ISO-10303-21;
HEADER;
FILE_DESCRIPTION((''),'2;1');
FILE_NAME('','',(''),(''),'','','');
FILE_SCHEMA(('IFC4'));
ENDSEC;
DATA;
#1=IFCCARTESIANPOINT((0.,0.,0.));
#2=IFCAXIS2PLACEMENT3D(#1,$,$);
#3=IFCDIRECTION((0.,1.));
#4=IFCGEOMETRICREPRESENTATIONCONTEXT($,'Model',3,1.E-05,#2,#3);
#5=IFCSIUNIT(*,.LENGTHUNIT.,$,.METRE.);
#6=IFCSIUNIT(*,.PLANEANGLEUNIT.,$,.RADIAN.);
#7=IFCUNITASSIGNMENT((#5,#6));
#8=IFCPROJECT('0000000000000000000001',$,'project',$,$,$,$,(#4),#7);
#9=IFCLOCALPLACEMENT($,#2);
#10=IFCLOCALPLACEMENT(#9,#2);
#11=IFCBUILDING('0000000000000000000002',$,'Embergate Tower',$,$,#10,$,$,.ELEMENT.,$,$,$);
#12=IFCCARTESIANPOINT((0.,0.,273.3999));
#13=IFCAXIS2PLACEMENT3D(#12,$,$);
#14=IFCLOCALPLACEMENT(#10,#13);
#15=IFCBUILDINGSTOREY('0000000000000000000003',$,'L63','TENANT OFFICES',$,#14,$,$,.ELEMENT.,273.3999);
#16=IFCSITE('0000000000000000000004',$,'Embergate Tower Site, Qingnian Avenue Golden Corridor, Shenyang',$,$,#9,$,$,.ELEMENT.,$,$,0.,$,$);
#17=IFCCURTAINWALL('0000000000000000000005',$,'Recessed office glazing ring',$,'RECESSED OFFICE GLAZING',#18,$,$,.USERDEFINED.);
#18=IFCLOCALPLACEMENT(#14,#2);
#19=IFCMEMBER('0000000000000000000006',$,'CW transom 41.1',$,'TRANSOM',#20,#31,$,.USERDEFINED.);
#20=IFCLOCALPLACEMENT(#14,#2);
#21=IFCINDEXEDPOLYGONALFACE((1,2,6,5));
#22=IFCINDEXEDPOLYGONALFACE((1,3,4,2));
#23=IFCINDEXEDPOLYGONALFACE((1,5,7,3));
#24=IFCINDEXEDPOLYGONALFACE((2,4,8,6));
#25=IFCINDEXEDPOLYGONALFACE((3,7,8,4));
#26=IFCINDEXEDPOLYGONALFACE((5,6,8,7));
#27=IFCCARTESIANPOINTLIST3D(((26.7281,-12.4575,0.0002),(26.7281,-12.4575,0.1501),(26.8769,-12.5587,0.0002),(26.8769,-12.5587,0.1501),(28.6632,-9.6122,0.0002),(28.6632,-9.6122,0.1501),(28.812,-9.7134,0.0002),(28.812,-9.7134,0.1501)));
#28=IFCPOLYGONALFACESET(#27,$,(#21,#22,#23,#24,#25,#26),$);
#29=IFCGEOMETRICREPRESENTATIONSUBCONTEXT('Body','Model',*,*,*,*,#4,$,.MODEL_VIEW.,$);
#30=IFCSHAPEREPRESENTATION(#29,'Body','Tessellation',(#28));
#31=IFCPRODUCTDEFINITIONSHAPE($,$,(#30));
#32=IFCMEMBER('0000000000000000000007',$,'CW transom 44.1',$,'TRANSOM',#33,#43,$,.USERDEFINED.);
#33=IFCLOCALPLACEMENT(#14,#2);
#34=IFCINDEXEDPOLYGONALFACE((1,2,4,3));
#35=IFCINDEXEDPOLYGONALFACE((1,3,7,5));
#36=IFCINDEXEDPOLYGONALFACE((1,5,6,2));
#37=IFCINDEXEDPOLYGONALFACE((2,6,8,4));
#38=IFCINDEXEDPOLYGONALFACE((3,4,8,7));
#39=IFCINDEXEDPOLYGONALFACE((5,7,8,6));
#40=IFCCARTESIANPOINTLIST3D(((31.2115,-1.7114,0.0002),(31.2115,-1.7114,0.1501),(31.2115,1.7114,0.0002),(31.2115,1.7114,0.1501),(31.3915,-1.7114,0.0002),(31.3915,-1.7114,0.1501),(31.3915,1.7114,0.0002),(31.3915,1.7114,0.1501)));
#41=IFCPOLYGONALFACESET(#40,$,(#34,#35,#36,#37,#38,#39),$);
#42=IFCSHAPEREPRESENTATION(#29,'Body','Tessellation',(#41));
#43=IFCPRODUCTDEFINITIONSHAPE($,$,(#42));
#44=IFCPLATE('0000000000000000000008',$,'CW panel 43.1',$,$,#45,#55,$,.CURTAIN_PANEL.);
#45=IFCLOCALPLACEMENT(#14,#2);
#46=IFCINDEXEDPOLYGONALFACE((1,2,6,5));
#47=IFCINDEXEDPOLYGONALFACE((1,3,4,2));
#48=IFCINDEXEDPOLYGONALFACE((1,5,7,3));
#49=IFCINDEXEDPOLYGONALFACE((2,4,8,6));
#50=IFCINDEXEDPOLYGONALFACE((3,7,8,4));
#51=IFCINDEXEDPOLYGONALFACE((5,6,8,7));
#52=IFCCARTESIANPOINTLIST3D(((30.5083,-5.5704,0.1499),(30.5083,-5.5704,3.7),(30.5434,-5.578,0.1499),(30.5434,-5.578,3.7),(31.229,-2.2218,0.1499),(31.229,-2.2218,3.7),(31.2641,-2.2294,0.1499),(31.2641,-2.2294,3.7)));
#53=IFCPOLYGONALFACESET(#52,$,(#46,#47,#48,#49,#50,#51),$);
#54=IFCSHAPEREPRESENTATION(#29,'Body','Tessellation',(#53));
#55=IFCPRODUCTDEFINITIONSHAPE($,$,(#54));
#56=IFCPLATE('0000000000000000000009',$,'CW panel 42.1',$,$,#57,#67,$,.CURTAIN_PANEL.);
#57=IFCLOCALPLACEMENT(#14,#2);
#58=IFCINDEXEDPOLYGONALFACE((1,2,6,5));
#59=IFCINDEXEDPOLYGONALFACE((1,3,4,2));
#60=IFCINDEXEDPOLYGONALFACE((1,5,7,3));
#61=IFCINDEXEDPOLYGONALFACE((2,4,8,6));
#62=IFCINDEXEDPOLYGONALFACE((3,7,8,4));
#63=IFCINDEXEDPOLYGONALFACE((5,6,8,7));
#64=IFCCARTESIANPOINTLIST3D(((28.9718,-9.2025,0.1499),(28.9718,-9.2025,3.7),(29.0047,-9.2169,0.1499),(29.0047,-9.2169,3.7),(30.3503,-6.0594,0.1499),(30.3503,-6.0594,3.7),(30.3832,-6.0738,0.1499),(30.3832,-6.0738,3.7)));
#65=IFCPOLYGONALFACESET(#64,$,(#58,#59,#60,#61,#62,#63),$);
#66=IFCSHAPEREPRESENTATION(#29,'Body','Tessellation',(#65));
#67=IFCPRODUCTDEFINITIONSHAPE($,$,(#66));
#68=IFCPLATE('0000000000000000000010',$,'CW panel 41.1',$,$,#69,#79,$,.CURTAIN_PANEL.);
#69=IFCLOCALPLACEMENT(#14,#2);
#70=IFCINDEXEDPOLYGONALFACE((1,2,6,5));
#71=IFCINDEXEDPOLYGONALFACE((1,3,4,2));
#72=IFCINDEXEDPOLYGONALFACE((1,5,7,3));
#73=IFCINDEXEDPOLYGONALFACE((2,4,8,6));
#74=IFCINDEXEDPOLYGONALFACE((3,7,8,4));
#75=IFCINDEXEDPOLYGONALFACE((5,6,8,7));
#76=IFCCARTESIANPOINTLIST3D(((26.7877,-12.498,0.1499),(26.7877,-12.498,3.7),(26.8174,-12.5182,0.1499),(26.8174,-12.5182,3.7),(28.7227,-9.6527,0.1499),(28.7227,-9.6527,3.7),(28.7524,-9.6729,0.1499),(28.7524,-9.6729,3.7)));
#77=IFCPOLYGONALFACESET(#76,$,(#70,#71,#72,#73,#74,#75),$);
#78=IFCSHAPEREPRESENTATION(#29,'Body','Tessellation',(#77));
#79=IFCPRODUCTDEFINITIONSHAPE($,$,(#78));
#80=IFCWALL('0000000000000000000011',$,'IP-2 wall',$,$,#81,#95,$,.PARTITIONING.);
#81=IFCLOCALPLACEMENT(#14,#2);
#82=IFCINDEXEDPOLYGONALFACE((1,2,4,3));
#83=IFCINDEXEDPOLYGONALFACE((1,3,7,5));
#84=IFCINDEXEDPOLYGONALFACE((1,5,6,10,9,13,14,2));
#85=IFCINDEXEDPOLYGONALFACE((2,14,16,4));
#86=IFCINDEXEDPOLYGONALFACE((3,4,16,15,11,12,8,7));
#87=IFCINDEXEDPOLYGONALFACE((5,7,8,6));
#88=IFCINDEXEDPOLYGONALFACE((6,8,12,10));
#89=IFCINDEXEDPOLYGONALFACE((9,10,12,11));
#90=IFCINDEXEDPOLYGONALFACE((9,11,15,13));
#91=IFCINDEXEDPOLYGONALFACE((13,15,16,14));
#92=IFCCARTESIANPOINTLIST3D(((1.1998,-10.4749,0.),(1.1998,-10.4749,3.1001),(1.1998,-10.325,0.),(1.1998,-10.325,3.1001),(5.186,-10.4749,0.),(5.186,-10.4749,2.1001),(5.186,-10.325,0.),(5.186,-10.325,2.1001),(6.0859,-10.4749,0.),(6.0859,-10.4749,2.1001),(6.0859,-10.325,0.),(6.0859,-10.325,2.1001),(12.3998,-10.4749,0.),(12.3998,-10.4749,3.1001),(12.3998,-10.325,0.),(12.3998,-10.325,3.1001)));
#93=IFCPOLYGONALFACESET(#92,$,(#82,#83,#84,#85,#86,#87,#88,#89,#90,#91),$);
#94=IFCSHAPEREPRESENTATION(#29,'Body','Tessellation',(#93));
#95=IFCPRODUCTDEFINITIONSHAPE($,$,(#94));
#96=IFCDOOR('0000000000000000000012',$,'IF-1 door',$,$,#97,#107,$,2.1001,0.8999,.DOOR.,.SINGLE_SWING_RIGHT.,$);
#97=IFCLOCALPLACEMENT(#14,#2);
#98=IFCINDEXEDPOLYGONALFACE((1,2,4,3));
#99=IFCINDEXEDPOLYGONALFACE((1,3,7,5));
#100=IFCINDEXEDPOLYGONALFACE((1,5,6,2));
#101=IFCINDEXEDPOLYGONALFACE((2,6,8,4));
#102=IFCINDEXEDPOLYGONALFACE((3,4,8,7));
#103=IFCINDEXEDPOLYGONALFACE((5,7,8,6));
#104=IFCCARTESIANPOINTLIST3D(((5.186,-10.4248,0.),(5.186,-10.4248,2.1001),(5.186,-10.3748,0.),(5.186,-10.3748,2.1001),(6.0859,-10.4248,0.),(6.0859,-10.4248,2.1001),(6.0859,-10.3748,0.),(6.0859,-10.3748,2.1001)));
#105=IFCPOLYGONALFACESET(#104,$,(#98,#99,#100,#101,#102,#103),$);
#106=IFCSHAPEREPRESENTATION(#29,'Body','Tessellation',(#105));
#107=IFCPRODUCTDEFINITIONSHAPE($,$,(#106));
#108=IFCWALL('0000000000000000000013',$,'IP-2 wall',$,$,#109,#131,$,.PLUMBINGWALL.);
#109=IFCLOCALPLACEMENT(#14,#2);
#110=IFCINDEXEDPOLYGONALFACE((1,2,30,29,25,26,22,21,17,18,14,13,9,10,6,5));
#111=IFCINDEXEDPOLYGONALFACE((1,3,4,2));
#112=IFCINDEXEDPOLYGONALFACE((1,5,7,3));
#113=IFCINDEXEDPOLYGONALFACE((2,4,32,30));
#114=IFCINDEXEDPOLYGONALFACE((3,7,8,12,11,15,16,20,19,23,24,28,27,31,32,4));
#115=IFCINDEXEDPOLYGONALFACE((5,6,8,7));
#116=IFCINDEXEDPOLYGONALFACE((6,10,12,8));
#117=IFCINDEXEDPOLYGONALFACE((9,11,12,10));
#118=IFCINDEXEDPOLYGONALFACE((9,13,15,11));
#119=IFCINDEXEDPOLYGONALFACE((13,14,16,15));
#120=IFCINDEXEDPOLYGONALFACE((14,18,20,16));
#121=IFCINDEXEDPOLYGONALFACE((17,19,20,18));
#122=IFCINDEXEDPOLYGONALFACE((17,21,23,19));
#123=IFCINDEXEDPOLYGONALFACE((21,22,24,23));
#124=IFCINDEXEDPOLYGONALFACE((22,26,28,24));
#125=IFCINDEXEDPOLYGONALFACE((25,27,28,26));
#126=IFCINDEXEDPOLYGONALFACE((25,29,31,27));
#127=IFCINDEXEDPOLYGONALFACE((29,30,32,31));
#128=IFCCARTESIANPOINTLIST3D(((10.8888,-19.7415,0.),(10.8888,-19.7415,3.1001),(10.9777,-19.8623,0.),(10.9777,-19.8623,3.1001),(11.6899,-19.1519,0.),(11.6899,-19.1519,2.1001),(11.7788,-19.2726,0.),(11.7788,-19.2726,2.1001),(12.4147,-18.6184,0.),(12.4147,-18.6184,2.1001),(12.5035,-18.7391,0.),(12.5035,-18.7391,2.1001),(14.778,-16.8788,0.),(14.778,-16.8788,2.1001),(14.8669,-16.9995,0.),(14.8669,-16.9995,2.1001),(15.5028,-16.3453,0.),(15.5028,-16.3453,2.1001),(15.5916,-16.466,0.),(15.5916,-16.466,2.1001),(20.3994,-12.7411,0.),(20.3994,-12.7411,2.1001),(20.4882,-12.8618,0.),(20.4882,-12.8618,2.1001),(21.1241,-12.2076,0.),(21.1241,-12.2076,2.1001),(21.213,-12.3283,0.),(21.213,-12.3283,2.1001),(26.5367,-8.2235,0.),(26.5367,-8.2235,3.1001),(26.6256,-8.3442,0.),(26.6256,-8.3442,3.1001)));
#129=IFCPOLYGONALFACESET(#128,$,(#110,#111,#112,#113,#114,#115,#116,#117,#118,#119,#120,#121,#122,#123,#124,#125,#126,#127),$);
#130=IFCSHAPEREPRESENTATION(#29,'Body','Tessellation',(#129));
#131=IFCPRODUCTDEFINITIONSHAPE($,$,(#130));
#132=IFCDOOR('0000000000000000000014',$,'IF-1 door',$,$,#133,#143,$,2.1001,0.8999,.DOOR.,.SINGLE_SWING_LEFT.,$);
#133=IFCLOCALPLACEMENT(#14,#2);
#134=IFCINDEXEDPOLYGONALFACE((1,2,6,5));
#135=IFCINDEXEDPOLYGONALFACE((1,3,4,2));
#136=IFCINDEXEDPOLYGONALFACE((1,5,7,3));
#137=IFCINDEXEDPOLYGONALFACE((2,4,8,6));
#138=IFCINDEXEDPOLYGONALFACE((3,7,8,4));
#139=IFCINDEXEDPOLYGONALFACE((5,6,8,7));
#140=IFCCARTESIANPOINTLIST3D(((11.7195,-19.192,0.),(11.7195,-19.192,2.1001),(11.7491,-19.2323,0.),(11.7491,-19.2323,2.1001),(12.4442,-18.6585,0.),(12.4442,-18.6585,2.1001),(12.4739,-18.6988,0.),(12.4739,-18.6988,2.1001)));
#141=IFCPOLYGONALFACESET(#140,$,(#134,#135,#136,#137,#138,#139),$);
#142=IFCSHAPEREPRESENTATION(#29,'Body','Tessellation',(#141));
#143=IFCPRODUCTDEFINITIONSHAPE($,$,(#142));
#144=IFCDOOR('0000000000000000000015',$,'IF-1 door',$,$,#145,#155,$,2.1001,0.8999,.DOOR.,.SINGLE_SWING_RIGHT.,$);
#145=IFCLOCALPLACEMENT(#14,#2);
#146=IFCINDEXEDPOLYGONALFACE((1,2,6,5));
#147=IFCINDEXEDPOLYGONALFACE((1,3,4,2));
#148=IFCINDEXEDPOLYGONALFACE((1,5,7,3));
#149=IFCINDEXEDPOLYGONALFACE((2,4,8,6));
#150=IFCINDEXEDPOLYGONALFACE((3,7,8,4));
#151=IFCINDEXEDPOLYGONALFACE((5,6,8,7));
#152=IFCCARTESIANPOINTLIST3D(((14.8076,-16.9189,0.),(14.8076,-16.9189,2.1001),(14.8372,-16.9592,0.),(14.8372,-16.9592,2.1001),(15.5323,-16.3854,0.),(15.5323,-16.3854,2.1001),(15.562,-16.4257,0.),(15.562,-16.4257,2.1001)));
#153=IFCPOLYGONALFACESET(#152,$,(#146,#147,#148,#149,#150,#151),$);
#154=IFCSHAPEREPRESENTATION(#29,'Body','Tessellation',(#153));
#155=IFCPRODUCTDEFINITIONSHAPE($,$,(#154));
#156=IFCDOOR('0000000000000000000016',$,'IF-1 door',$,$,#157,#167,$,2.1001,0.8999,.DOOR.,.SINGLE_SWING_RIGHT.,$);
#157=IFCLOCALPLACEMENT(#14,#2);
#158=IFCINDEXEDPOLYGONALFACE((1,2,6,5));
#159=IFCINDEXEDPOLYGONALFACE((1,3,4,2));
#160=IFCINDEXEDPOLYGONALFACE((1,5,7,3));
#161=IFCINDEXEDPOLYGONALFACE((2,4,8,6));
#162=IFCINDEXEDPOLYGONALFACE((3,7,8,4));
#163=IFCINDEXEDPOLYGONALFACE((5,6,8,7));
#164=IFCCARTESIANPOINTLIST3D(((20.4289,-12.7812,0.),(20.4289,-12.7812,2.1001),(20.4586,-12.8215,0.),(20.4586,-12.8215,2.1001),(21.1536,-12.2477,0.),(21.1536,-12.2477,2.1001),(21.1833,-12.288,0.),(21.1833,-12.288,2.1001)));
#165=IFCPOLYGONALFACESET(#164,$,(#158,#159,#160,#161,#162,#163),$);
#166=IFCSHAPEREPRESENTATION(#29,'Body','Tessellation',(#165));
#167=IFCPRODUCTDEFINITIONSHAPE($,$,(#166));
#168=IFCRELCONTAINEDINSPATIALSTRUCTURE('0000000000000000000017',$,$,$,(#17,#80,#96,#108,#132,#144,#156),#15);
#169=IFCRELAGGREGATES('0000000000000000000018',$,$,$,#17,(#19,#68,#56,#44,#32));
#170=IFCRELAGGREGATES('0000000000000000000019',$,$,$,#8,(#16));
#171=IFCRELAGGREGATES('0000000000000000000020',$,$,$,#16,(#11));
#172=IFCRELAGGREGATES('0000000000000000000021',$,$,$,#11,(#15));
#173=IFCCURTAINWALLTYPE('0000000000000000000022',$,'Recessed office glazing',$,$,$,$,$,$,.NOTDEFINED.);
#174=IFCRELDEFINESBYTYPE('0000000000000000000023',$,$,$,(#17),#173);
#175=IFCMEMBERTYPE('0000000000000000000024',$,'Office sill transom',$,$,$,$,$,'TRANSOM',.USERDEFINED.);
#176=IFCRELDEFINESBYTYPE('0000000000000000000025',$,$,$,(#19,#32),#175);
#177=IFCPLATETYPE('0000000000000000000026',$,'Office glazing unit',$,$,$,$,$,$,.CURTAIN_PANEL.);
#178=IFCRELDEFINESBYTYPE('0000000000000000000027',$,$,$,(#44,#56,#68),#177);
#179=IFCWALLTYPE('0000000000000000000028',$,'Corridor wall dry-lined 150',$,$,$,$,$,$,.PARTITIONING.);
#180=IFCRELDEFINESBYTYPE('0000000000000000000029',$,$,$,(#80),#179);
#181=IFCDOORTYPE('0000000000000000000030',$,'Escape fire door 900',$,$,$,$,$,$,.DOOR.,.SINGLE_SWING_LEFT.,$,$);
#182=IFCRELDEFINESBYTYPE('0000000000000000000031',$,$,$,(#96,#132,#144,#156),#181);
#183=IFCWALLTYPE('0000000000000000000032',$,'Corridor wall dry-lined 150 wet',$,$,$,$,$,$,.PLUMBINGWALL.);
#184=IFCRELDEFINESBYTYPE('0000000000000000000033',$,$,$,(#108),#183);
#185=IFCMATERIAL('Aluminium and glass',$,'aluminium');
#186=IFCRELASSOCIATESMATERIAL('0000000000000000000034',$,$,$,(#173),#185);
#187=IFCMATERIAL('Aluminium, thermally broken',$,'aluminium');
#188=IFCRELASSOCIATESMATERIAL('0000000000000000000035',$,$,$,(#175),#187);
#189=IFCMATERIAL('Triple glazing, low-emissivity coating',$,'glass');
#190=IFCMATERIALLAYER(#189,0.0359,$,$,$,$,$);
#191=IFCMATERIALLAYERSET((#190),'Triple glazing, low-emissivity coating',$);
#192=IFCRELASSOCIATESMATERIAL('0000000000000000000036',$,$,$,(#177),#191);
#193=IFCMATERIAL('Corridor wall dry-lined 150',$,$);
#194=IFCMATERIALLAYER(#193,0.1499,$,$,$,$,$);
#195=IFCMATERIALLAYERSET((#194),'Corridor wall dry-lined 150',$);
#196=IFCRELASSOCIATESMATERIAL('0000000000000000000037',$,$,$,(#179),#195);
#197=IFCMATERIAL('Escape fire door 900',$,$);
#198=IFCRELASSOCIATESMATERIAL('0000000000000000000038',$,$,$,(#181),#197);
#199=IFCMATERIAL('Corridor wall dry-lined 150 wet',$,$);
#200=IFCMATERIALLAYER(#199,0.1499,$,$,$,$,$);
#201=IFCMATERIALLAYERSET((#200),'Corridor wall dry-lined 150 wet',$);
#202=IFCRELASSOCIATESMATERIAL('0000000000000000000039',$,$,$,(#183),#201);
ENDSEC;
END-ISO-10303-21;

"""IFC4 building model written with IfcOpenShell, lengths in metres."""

from ifc_helpers import new_model, si_unit, direction, frame, frame_2d, origin, origin_2d, place, context, subcontext, project, spatial, rectangle, extrude, source, transform, mapped, material, layer, layer_set, material_profile, profile_set, type_object, element, fill, aggregate, save


model = new_model("IFC4")

# Units and contexts
model_context = context("Model", 3, precision=1e-05, world=origin(), true_north=direction((0.0, 1.0)))
body_context = subcontext(model_context, "Body", "Model", "MODEL_VIEW")
ifc_project = project(units=[si_unit("LENGTHUNIT", "METRE"), si_unit("PLANEANGLEUNIT", "RADIAN")], contexts=[model_context])

# Site, building, storey
site_placement = place(None, origin())
site = spatial("IfcSite", under=ifc_project, at=site_placement, Name="Embergate Tower Site, Qingnian Avenue Golden Corridor, Shenyang", CompositionType="ELEMENT", RefElevation=0.0)
building_placement = place(site_placement, origin())
building = spatial("IfcBuilding", under=site, at=building_placement, Name="Embergate Tower", CompositionType="ELEMENT")
storey_placement = place(building_placement, frame((0.0, 0.0, 273.3999)))
storey = spatial("IfcBuildingStorey", under=building, at=storey_placement, Name="L63", Description="TENANT OFFICES", CompositionType="ELEMENT", Elevation=273.3999)

# Curtain wall, members, plates
ifc_material_1 = material(Name="Aluminium and glass", Category="aluminium")
curtain_wall_type = type_object("IfcCurtainWallType", Name="Recessed office glazing", PredefinedType="NOTDEFINED", material=ifc_material_1)
curtain_wall_placement = place(storey_placement, origin())
curtain_wall = element("IfcCurtainWall", 1, at=curtain_wall_placement, inside=storey, type_object=curtain_wall_type, Name="Recessed office glazing ring", ObjectType="RECESSED OFFICE GLAZING", PredefinedType="USERDEFINED")
ifc_material_2 = material(Name="Aluminium, thermally broken", Category="aluminium")
ifc_material_profile_1 = material_profile(ifc_material_2, rectangle(XDim=0.1799, YDim=0.1499, at=origin_2d()), Name="AL 150x180")
ifc_profile_set_1 = profile_set([ifc_material_profile_1], Name="Aluminium, thermally broken")
member_type_1 = type_object("IfcMemberType", Name="Office sill transom", ElementType="TRANSOM", PredefinedType="USERDEFINED", material=ifc_profile_set_1)
shared_shape_1 = source(origin(), body_context, "Body", "SweptSolid", [
    extrude(rectangle(XDim=0.1799, YDim=0.1499, at=origin_2d()), origin(), (0.0, 0.0, 1.0), 3.4409),
])
member_1_placement = place(storey_placement, frame((26.8025, -12.5081, 0.0752), z_axis=(0.562372, 0.826884, 0.0), x_axis=(-0.826884, 0.562372, 0.0)))
member_1 = element("IfcMember", 2, at=member_1_placement, type_object=member_type_1, Name="CW transom 41.1", ObjectType="TRANSOM", PredefinedType="USERDEFINED", context=body_context, shape_type="MappedRepresentation", body=[
    mapped(shared_shape_1, transform((0.0, 0.0, 0.0))),
])
shared_shape_2 = source(origin(), body_context, "Body", "SweptSolid", [
    extrude(rectangle(XDim=0.1799, YDim=0.1499, at=origin_2d()), origin(), (0.0, 0.0, 1.0), 3.4229),
])
member_2_placement = place(storey_placement, frame((31.3015, -1.7114, 0.0752), z_axis=(0.0, 1.0, 0.0), x_axis=(-1.0, 0.0, 0.0)))
member_2 = element("IfcMember", 3, at=member_2_placement, type_object=member_type_1, Name="CW transom 44.1", ObjectType="TRANSOM", PredefinedType="USERDEFINED", context=body_context, shape_type="MappedRepresentation", body=[
    mapped(shared_shape_2, transform((0.0, 0.0, 0.0))),
])
ifc_material_3 = material(Name="Triple glazing, low-emissivity coating", Category="glass")
ifc_layer_1 = layer(ifc_material_3, 0.0359)
ifc_layer_set_1 = layer_set([ifc_layer_1], Name="Triple glazing, low-emissivity coating")
plate_type = type_object("IfcPlateType", Name="Office glazing unit", PredefinedType="CURTAIN_PANEL", material=ifc_layer_set_1)
shared_shape_3 = source(origin(), body_context, "Body", "SweptSolid", [
    extrude(rectangle(XDim=3.4253, YDim=0.0359, at=origin_2d()), origin(), (0.0, 0.0, 1.0), 3.55),
])
plate_1_placement = place(storey_placement, frame((30.8862, -3.8999, 0.1499), z_axis=(0.0, 0.0, 1.0), x_axis=(0.210402, 0.977615, 0.0)))
plate_1 = element("IfcPlate", 4, at=plate_1_placement, type_object=plate_type, Name="CW panel 43.1", PredefinedType="CURTAIN_PANEL", context=body_context, shape_type="MappedRepresentation", body=[
    mapped(shared_shape_3, transform((0.0, 0.0, 0.0))),
])
shared_shape_4 = source(origin(), body_context, "Body", "SweptSolid", [
    extrude(rectangle(XDim=3.4321, YDim=0.0359, at=origin_2d()), origin(), (0.0, 0.0, 1.0), 3.55),
])
plate_2_placement = place(storey_placement, frame((29.6775, -7.6382, 0.1499), z_axis=(0.0, 0.0, 1.0), x_axis=(0.401658, 0.91579, 0.0)))
plate_2 = element("IfcPlate", 5, at=plate_2_placement, type_object=plate_type, Name="CW panel 42.1", PredefinedType="CURTAIN_PANEL", context=body_context, shape_type="MappedRepresentation", body=[
    mapped(shared_shape_4, transform((0.0, 0.0, 0.0))),
])
shared_shape_5 = source(origin(), body_context, "Body", "SweptSolid", [
    extrude(rectangle(XDim=3.4409, YDim=0.0359, at=origin_2d()), origin(), (0.0, 0.0, 1.0), 3.55),
])
plate_3_placement = place(storey_placement, frame((27.77, -11.0854, 0.1499), z_axis=(0.0, 0.0, 1.0), x_axis=(0.562349, 0.8269, 0.0)))
plate_3 = element("IfcPlate", 6, at=plate_3_placement, type_object=plate_type, Name="CW panel 41.1", PredefinedType="CURTAIN_PANEL", context=body_context, shape_type="MappedRepresentation", body=[
    mapped(shared_shape_5, transform((0.0, 0.0, 0.0))),
])
aggregate(curtain_wall, [member_1, plate_3, plate_2, plate_1, member_2])

# Wall, opening, door
ifc_material_4 = material(Name="Corridor wall dry-lined 150")
ifc_layer_2 = layer(ifc_material_4, 0.1499)
ifc_layer_set_2 = layer_set([ifc_layer_2], Name="Corridor wall dry-lined 150")
wall_type_1 = type_object("IfcWallType", Name="Corridor wall dry-lined 150", PredefinedType="PARTITIONING", material=ifc_layer_set_2)
shared_shape_6 = source(origin(), body_context, "Body", "SweptSolid", [
    extrude(rectangle(XDim=11.2, YDim=0.1499, at=frame_2d((5.6001, 0.0))), origin(), (0.0, 0.0, 1.0), 3.1001),
])
wall_1_placement = place(storey_placement, frame((12.3999, -10.3999, 0.0), z_axis=(0.0, 0.0, 1.0), x_axis=(-1.0, 0.0, 0.0)))
wall_1 = element("IfcWall", 7, at=wall_1_placement, inside=storey, type_object=wall_type_1, Name="IP-2 wall", PredefinedType="PARTITIONING", context=body_context, shape_type="MappedRepresentation", body=[
    mapped(shared_shape_6, transform((0.0, 0.0, 0.0))),
])
shared_shape_7 = source(origin(), body_context, "Body", "SweptSolid", [
    extrude(rectangle(XDim=0.8999, YDim=2.1001, at=frame_2d((0.45, 1.05))), frame((0.0, 0.085, 0.0), z_axis=(0.0, -1.0, 0.0), x_axis=(1.0, 0.0, 0.0)), (0.0, 0.0, 1.0), 0.1699),
])
opening_1_placement = place(wall_1_placement, frame((6.314, 0.0, 0.0)))
opening_1 = element("IfcOpeningElement", 8, at=opening_1_placement, cuts=wall_1, PredefinedType="OPENING", context=body_context, shape_type="MappedRepresentation", body=[
    mapped(shared_shape_7, transform((0.0, 0.0, 0.0))),
])
ifc_material_5 = material(Name="Escape fire door 900")
door_type = type_object("IfcDoorType", Name="Escape fire door 900", OperationType="SINGLE_SWING_LEFT", PredefinedType="DOOR", material=ifc_material_5)
shared_shape_8 = source(origin(), body_context, "Body", "SweptSolid", [
    extrude(rectangle(XDim=0.8999, YDim=2.1001, at=frame_2d((0.45, 1.05))), frame((0.0, 0.0249, 0.0), z_axis=(0.0, -1.0, 0.0), x_axis=(1.0, 0.0, 0.0)), (0.0, 0.0, 1.0), 0.05),
])
door_1_placement = place(opening_1_placement, origin())
door_1 = element("IfcDoor", 9, at=door_1_placement, inside=storey, type_object=door_type, Name="IF-1 door", OperationType="SINGLE_SWING_RIGHT", OverallHeight=2.1001, OverallWidth=0.8999, PredefinedType="DOOR", context=body_context, shape_type="MappedRepresentation", body=[
    mapped(shared_shape_8, transform((0.0, 0.0, 0.0))),
])
fill(opening_1, door_1)

# Wall, openings, doors
ifc_material_6 = material(Name="Corridor wall dry-lined 150 wet")
ifc_layer_3 = layer(ifc_material_6, 0.1499)
ifc_layer_set_3 = layer_set([ifc_layer_3], Name="Corridor wall dry-lined 150 wet")
wall_type_2 = type_object("IfcWallType", Name="Corridor wall dry-lined 150 wet", PredefinedType="PLUMBINGWALL", material=ifc_layer_set_3)
shared_shape_9 = source(origin(), body_context, "Body", "SweptSolid", [
    extrude(rectangle(XDim=19.4299, YDim=0.1499, at=frame_2d((9.7148, 0.0))), origin(), (0.0, 0.0, 1.0), 3.1001),
])
wall_2_placement = place(storey_placement, frame((26.5811, -8.2839, 0.0), z_axis=(0.0, 0.0, 1.0), x_axis=(-0.805351, -0.592799, 0.0)))
wall_2 = element("IfcWall", 10, at=wall_2_placement, inside=storey, type_object=wall_type_2, Name="IP-2 wall", PredefinedType="PLUMBINGWALL", context=body_context, shape_type="MappedRepresentation", body=[
    mapped(shared_shape_9, transform((0.0, 0.0, 0.0))),
])
opening_2_placement = place(wall_2_placement, frame((17.5352, 0.0, 0.0)))
opening_2 = element("IfcOpeningElement", 11, at=opening_2_placement, cuts=wall_2, PredefinedType="OPENING", context=body_context, shape_type="MappedRepresentation", body=[
    mapped(shared_shape_7, transform((0.0, 0.0, 0.0))),
])
opening_3_placement = place(wall_2_placement, frame((13.7007, 0.0, 0.0)))
opening_3 = element("IfcOpeningElement", 12, at=opening_3_placement, cuts=wall_2, PredefinedType="OPENING", context=body_context, shape_type="MappedRepresentation", body=[
    mapped(shared_shape_7, transform((0.0, 0.0, 0.0))),
])
opening_4_placement = place(wall_2_placement, frame((6.7207, 0.0, 0.0)))
opening_4 = element("IfcOpeningElement", 13, at=opening_4_placement, cuts=wall_2, PredefinedType="OPENING", context=body_context, shape_type="MappedRepresentation", body=[
    mapped(shared_shape_7, transform((0.0, 0.0, 0.0))),
])
door_2_placement = place(opening_2_placement, origin())
door_2 = element("IfcDoor", 14, at=door_2_placement, inside=storey, type_object=door_type, Name="IF-1 door", OperationType="SINGLE_SWING_LEFT", OverallHeight=2.1001, OverallWidth=0.8999, PredefinedType="DOOR", context=body_context, shape_type="MappedRepresentation", body=[
    mapped(shared_shape_8, transform((0.0, 0.0, 0.0))),
])
fill(opening_2, door_2)
door_3_placement = place(opening_3_placement, origin())
door_3 = element("IfcDoor", 15, at=door_3_placement, inside=storey, type_object=door_type, Name="IF-1 door", OperationType="SINGLE_SWING_RIGHT", OverallHeight=2.1001, OverallWidth=0.8999, PredefinedType="DOOR", context=body_context, shape_type="MappedRepresentation", body=[
    mapped(shared_shape_8, transform((0.0, 0.0, 0.0))),
])
fill(opening_3, door_3)
door_4_placement = place(opening_4_placement, origin())
door_4 = element("IfcDoor", 16, at=door_4_placement, inside=storey, type_object=door_type, Name="IF-1 door", OperationType="SINGLE_SWING_RIGHT", OverallHeight=2.1001, OverallWidth=0.8999, PredefinedType="DOOR", context=body_context, shape_type="MappedRepresentation", body=[
    mapped(shared_shape_8, transform((0.0, 0.0, 0.0))),
])
fill(opening_4, door_4)

save(model, "model.ifc")
